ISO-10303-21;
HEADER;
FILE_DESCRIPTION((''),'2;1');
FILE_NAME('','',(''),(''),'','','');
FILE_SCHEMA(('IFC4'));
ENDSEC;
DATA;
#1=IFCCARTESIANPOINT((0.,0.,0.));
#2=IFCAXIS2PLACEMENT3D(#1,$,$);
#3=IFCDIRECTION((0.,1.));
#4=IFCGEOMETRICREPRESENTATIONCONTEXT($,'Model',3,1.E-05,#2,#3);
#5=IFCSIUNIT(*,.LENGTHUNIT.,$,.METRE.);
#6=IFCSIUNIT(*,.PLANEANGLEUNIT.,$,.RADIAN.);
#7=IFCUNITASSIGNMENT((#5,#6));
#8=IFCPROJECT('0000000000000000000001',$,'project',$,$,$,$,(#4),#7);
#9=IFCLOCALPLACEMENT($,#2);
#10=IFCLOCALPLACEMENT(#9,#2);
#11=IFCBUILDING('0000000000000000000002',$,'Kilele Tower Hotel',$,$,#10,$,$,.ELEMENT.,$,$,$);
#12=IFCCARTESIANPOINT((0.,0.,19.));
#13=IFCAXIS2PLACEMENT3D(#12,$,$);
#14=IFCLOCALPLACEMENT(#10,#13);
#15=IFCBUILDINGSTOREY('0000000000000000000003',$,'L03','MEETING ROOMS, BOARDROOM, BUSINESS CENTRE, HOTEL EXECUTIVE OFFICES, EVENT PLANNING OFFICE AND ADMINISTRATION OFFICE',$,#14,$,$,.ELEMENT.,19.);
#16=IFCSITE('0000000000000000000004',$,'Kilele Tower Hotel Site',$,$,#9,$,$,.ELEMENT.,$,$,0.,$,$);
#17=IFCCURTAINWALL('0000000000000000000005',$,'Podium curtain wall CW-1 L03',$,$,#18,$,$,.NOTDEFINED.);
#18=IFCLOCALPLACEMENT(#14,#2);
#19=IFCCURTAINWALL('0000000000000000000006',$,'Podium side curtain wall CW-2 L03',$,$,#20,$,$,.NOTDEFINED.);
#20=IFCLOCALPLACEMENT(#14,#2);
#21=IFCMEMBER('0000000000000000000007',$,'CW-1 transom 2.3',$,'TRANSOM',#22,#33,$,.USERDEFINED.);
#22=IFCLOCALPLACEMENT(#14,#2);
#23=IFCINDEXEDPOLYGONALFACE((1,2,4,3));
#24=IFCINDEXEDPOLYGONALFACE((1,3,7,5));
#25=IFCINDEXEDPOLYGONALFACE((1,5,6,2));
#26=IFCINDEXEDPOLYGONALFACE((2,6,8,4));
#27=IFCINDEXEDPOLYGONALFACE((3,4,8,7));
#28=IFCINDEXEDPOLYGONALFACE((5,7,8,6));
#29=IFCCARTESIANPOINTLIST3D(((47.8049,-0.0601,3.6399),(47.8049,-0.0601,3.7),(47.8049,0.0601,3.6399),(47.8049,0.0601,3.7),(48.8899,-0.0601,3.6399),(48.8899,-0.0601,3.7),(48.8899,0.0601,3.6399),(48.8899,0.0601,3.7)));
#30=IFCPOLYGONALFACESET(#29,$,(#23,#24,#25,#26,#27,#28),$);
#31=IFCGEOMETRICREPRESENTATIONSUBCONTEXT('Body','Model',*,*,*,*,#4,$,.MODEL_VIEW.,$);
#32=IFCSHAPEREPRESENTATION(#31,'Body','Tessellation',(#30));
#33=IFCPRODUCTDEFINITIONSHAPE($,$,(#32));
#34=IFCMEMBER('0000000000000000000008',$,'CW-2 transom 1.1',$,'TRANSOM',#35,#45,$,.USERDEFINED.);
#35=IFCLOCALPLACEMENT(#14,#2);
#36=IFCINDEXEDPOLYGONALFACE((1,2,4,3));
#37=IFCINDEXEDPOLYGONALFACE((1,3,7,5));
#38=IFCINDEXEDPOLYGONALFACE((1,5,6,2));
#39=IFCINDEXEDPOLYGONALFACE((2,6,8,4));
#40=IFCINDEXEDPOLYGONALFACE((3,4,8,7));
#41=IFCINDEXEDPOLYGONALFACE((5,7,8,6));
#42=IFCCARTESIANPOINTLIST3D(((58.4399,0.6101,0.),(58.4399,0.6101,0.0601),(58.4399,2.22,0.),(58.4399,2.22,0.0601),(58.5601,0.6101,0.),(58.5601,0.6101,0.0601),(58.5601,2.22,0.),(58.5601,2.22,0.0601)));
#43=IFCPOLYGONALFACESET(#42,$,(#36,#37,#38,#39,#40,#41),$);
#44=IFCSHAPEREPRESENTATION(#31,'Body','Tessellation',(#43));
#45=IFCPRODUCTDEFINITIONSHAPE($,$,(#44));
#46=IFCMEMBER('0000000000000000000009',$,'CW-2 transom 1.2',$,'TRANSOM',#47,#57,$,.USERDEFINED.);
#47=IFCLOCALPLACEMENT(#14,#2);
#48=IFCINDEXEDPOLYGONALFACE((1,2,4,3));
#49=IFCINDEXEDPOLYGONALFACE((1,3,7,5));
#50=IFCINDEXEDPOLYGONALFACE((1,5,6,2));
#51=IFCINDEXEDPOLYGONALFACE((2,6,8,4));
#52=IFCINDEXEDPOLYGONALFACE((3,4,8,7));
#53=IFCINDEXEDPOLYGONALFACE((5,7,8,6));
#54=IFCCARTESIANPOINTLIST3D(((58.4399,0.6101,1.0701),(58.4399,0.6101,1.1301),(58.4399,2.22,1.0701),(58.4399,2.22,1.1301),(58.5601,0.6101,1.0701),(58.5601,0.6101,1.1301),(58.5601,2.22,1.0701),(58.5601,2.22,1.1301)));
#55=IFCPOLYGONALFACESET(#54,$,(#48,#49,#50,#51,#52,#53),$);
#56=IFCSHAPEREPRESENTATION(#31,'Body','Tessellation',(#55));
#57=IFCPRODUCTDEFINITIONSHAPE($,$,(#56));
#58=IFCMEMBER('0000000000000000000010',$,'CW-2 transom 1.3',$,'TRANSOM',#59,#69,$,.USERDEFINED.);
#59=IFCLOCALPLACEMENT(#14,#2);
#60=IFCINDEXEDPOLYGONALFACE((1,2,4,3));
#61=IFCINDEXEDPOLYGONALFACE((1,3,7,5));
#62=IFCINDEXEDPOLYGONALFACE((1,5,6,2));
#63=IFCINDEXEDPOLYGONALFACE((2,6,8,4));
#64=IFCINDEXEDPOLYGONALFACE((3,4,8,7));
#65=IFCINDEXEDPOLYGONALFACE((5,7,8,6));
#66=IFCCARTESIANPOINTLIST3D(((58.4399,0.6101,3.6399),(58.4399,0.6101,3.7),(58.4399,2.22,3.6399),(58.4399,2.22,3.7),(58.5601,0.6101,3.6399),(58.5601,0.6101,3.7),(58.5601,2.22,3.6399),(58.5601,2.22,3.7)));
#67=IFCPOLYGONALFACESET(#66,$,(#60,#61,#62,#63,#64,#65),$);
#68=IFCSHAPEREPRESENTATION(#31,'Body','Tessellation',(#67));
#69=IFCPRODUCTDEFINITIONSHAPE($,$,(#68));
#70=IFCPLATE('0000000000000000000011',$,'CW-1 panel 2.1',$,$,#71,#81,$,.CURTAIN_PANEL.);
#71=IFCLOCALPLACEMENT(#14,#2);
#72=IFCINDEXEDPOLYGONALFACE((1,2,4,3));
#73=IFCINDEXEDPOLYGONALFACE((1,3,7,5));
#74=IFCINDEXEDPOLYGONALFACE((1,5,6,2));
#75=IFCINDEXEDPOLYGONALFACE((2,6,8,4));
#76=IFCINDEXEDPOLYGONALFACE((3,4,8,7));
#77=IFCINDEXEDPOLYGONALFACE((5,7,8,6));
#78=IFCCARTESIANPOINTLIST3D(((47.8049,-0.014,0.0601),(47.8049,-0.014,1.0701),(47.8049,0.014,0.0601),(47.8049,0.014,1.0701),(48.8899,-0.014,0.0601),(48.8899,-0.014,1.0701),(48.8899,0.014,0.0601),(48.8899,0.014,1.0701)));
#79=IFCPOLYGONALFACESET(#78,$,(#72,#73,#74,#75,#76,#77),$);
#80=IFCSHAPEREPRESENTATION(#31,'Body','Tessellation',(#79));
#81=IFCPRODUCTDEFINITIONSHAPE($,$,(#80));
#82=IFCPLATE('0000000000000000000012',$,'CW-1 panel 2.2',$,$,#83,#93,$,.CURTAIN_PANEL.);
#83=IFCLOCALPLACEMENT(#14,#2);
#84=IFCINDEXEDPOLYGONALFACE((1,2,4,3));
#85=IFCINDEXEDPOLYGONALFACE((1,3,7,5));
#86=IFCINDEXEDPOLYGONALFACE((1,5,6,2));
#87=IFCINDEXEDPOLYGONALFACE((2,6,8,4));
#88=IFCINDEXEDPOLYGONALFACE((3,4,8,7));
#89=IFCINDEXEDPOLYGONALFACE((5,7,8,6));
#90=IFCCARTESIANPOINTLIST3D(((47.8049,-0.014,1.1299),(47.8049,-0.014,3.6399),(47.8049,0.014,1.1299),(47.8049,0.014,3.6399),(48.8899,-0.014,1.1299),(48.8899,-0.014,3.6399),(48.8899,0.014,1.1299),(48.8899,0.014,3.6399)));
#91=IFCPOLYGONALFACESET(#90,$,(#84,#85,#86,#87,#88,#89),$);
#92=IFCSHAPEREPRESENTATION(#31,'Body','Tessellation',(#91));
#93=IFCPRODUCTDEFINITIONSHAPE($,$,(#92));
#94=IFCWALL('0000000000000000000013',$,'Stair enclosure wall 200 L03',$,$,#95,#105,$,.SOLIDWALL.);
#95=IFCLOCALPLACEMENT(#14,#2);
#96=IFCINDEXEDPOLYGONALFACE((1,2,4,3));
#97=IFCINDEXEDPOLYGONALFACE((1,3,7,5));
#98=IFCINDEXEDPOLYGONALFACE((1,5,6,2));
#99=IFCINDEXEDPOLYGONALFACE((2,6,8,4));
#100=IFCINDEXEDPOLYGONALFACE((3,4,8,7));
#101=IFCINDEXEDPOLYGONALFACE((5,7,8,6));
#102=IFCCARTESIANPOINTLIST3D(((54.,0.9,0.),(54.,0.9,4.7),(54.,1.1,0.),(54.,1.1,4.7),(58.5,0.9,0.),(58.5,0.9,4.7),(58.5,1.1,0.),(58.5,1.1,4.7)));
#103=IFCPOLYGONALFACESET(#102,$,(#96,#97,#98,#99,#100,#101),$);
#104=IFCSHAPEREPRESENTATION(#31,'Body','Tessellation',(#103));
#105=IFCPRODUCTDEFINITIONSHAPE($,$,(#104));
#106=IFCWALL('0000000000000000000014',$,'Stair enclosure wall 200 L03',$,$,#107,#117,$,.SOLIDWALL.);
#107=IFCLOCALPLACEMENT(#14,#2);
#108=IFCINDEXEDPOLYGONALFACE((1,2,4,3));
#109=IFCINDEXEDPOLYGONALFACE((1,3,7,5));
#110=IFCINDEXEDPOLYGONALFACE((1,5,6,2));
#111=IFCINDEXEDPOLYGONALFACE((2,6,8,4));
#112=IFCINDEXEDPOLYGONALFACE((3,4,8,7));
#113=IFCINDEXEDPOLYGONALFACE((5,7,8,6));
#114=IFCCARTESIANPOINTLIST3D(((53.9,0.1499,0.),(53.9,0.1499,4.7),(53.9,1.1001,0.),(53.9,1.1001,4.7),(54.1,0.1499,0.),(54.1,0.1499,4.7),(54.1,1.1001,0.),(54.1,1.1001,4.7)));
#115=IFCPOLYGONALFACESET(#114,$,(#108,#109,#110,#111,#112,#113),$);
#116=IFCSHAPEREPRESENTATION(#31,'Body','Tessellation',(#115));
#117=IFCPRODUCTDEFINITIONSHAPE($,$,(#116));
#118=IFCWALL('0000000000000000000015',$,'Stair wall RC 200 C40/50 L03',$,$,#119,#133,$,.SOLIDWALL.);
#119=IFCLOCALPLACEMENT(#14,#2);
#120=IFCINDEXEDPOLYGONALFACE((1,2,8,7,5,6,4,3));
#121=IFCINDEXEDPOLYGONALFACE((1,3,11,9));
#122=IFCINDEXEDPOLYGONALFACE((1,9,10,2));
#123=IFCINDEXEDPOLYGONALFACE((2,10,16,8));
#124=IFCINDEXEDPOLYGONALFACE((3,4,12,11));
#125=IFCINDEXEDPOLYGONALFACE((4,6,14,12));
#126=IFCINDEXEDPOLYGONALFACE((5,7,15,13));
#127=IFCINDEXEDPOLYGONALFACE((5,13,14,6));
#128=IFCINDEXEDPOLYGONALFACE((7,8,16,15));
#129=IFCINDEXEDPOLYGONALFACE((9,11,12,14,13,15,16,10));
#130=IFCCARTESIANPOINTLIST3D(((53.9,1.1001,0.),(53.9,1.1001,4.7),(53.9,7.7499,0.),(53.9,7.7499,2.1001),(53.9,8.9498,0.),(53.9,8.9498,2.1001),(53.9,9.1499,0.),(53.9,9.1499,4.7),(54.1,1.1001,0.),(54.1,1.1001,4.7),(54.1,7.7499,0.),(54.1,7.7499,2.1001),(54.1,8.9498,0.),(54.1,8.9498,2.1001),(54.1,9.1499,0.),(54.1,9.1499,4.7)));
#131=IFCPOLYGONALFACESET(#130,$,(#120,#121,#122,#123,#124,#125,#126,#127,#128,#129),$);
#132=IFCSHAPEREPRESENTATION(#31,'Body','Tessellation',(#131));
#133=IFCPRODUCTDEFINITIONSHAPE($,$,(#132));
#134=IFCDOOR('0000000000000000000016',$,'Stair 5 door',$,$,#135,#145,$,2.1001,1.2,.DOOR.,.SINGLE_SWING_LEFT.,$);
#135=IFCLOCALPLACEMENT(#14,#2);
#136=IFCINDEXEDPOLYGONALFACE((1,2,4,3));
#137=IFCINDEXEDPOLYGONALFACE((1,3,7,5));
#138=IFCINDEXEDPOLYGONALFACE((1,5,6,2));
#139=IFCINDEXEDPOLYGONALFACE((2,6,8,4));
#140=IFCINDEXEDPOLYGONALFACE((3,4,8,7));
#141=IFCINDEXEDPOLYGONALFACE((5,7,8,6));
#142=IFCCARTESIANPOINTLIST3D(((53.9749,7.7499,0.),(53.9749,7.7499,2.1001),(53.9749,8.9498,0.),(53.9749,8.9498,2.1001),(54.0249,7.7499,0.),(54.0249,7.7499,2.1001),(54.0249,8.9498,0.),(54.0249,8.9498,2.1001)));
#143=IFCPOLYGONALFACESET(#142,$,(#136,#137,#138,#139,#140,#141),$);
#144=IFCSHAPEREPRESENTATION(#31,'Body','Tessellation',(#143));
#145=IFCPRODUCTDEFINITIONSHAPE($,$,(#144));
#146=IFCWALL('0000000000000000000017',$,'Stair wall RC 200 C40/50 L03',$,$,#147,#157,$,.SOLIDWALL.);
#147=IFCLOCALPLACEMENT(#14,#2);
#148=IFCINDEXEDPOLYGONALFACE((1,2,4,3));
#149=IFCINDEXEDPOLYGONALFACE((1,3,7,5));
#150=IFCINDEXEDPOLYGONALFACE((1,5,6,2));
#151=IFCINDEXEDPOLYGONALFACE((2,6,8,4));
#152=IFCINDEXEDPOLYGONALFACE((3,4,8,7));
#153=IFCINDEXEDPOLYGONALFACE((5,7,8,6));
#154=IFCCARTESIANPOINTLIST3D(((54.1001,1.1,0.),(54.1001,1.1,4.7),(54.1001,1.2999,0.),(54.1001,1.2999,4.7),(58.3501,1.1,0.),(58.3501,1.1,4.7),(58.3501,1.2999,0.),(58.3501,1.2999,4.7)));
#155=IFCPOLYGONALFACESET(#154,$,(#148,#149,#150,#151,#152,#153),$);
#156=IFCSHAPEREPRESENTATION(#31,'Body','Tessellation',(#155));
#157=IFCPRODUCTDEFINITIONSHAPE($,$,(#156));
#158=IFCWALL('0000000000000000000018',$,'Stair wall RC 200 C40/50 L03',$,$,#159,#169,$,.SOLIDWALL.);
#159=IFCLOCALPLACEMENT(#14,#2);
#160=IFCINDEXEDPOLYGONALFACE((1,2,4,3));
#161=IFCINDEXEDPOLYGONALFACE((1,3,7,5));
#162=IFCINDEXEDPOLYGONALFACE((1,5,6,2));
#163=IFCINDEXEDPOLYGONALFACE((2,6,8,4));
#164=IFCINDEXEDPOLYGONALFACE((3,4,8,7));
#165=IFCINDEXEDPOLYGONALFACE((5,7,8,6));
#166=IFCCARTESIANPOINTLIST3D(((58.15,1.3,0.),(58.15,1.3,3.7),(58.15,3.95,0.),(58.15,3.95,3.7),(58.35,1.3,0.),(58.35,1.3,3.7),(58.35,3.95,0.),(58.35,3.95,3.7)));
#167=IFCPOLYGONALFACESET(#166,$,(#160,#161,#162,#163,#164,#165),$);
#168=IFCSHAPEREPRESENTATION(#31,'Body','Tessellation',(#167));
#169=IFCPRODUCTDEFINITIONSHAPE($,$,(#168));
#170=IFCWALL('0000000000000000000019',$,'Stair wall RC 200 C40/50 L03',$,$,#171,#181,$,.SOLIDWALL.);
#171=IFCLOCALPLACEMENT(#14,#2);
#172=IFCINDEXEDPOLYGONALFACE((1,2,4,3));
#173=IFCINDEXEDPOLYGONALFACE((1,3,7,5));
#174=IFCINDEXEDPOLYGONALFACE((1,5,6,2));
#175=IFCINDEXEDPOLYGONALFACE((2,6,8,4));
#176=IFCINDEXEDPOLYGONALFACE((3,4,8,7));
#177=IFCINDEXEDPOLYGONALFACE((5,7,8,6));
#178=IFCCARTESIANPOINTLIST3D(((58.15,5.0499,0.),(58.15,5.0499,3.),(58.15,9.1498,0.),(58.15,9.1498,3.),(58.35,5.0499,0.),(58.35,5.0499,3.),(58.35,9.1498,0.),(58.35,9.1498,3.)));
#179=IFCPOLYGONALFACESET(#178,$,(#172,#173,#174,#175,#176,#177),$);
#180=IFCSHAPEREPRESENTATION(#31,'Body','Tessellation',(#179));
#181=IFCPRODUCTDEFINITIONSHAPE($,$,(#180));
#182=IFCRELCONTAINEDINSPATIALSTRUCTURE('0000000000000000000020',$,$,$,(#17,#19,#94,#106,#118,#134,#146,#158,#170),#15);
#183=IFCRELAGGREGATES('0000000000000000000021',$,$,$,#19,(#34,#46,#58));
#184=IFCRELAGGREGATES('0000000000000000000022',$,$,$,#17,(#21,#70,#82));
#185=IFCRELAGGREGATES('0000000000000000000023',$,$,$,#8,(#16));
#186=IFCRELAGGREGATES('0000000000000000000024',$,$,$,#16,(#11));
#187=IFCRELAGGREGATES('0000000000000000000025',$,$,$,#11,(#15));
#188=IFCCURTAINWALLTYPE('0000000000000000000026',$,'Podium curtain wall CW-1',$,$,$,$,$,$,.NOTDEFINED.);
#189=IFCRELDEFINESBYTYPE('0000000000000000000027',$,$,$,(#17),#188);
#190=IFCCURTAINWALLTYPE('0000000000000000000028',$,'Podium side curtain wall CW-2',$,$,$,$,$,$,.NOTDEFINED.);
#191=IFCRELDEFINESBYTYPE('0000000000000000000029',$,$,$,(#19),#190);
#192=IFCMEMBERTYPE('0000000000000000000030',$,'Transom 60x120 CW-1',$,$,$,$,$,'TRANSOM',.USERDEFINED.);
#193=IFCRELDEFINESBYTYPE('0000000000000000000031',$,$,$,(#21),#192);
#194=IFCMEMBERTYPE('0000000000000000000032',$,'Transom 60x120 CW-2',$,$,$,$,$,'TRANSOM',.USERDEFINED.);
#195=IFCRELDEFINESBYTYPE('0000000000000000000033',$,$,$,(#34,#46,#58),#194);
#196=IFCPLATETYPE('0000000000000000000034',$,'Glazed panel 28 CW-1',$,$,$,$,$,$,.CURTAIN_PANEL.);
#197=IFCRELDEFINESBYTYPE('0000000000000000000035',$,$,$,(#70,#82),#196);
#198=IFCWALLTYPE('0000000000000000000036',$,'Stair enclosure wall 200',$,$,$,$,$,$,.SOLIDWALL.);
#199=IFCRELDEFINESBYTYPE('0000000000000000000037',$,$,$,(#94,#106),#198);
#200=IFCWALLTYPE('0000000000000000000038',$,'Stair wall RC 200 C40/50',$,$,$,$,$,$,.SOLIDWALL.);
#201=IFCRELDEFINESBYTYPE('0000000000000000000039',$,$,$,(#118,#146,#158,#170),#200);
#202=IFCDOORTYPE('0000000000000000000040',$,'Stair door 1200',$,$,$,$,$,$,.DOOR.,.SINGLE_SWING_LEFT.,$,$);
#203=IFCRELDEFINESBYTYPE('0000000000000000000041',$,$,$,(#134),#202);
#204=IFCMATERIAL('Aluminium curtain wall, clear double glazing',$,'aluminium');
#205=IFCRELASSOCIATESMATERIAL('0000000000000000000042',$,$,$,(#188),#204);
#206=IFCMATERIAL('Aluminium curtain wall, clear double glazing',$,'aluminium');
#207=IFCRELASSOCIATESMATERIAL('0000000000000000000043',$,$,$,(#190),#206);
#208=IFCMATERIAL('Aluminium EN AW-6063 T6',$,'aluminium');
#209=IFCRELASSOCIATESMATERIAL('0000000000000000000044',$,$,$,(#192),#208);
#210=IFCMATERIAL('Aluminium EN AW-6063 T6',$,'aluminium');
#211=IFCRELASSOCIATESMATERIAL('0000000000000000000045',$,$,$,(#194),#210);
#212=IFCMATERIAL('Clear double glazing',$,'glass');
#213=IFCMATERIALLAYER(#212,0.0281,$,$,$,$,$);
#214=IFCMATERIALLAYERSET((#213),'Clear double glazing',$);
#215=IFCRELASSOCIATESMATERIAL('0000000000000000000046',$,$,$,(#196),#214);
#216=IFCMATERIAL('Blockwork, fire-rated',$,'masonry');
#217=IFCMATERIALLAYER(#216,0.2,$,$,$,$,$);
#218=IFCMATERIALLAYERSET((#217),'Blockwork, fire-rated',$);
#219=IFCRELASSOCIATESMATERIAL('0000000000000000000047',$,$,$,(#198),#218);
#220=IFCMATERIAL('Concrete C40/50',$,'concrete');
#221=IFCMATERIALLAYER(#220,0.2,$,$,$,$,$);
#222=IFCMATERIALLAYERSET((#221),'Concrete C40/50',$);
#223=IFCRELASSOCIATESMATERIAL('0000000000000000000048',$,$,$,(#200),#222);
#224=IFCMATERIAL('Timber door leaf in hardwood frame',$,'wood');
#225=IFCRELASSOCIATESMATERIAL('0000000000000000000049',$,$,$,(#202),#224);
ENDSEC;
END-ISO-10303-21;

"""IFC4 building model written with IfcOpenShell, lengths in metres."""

from ifc_helpers import new_model, si_unit, direction, frame, frame_2d, origin, origin_2d, place, context, subcontext, project, spatial, rectangle, extrude, material, layer, layer_set, material_profile, profile_set, type_object, element, fill, aggregate, save


model = new_model("IFC4")

# Units and contexts
model_context = context("Model", 3, precision=1e-05, world=origin(), true_north=direction((0.0, 1.0)))
body_context = subcontext(model_context, "Body", "Model", "MODEL_VIEW")
ifc_project = project(units=[si_unit("LENGTHUNIT", "METRE"), si_unit("PLANEANGLEUNIT", "RADIAN")], contexts=[model_context])

# Site, building, storey
site_placement = place(None, origin())
site = spatial("IfcSite", under=ifc_project, at=site_placement, Name="Kilele Tower Hotel Site", CompositionType="ELEMENT", RefElevation=0.0)
building_placement = place(site_placement, origin())
building = spatial("IfcBuilding", under=site, at=building_placement, Name="Kilele Tower Hotel", CompositionType="ELEMENT")
storey_placement = place(building_placement, frame((0.0, 0.0, 19.0)))
storey = spatial("IfcBuildingStorey", under=building, at=storey_placement, Name="L03", Description="MEETING ROOMS, BOARDROOM, BUSINESS CENTRE, HOTEL EXECUTIVE OFFICES, EVENT PLANNING OFFICE AND ADMINISTRATION OFFICE", CompositionType="ELEMENT", Elevation=19.0)

# Curtain wall
ifc_material_1 = material(Name="Aluminium curtain wall, clear double glazing", Category="aluminium")
curtain_wall_type_1 = type_object("IfcCurtainWallType", Name="Podium curtain wall CW-1", PredefinedType="NOTDEFINED", material=ifc_material_1)
curtain_wall_1_placement = place(storey_placement, origin())
curtain_wall_1 = element("IfcCurtainWall", 1, at=curtain_wall_1_placement, inside=storey, type_object=curtain_wall_type_1, Name="Podium curtain wall CW-1 L03", PredefinedType="NOTDEFINED")

# Curtain wall
ifc_material_2 = material(Name="Aluminium curtain wall, clear double glazing", Category="aluminium")
curtain_wall_type_2 = type_object("IfcCurtainWallType", Name="Podium side curtain wall CW-2", PredefinedType="NOTDEFINED", material=ifc_material_2)
curtain_wall_2_placement = place(storey_placement, origin())
curtain_wall_2 = element("IfcCurtainWall", 2, at=curtain_wall_2_placement, inside=storey, type_object=curtain_wall_type_2, Name="Podium side curtain wall CW-2 L03", PredefinedType="NOTDEFINED")

# Members
ifc_material_3 = material(Name="Aluminium EN AW-6063 T6", Category="aluminium")
ifc_material_profile_1 = material_profile(ifc_material_3, rectangle(XDim=0.1201, YDim=0.0601, at=origin_2d()))
ifc_profile_set_1 = profile_set([ifc_material_profile_1], Name="Aluminium EN AW-6063 T6")
member_type_1 = type_object("IfcMemberType", Name="Transom 60x120 CW-1", ElementType="TRANSOM", PredefinedType="USERDEFINED", material=ifc_profile_set_1)
member_1_placement = place(storey_placement, frame((47.8049, 0.0, 3.6699), z_axis=(1.0, 0.0, 0.0), x_axis=(0.0, 1.0, 0.0)))
member_1 = element("IfcMember", 3, at=member_1_placement, type_object=member_type_1, Name="CW-1 transom 2.3", ObjectType="TRANSOM", PredefinedType="USERDEFINED", context=body_context, shape_type="SweptSolid", body=[
    extrude(rectangle(XDim=0.1201, YDim=0.0601, at=origin_2d()), origin(), (0.0, 0.0, 1.0), 1.085),
])
ifc_material_4 = material(Name="Aluminium EN AW-6063 T6", Category="aluminium")
ifc_material_profile_2 = material_profile(ifc_material_4, rectangle(XDim=0.1201, YDim=0.0601, at=origin_2d()))
ifc_profile_set_2 = profile_set([ifc_material_profile_2], Name="Aluminium EN AW-6063 T6")
member_type_2 = type_object("IfcMemberType", Name="Transom 60x120 CW-2", ElementType="TRANSOM", PredefinedType="USERDEFINED", material=ifc_profile_set_2)
member_2_placement = place(storey_placement, frame((58.5, 0.6101, 0.03), z_axis=(0.0, 1.0, 0.0), x_axis=(-1.0, 0.0, 0.0)))
member_2 = element("IfcMember", 4, at=member_2_placement, type_object=member_type_2, Name="CW-2 transom 1.1", ObjectType="TRANSOM", PredefinedType="USERDEFINED", context=body_context, shape_type="SweptSolid", body=[
    extrude(rectangle(XDim=0.1201, YDim=0.0601, at=origin_2d()), origin(), (0.0, 0.0, 1.0), 1.6099),
])
member_3_placement = place(storey_placement, frame((58.5, 0.6101, 1.1001), z_axis=(0.0, 1.0, 0.0), x_axis=(-1.0, 0.0, 0.0)))
member_3 = element("IfcMember", 5, at=member_3_placement, type_object=member_type_2, Name="CW-2 transom 1.2", ObjectType="TRANSOM", PredefinedType="USERDEFINED", context=body_context, shape_type="SweptSolid", body=[
    extrude(rectangle(XDim=0.1201, YDim=0.0601, at=origin_2d()), origin(), (0.0, 0.0, 1.0), 1.6099),
])
member_4_placement = place(storey_placement, frame((58.5, 0.6101, 3.6699), z_axis=(0.0, 1.0, 0.0), x_axis=(-1.0, 0.0, 0.0)))
member_4 = element("IfcMember", 6, at=member_4_placement, type_object=member_type_2, Name="CW-2 transom 1.3", ObjectType="TRANSOM", PredefinedType="USERDEFINED", context=body_context, shape_type="SweptSolid", body=[
    extrude(rectangle(XDim=0.1201, YDim=0.0601, at=origin_2d()), origin(), (0.0, 0.0, 1.0), 1.6099),
])
aggregate(curtain_wall_2, [member_2, member_3, member_4])

# Plates
ifc_material_5 = material(Name="Clear double glazing", Category="glass")
ifc_layer_1 = layer(ifc_material_5, 0.0281)
ifc_layer_set_1 = layer_set([ifc_layer_1], Name="Clear double glazing")
plate_type = type_object("IfcPlateType", Name="Glazed panel 28 CW-1", PredefinedType="CURTAIN_PANEL", material=ifc_layer_set_1)
plate_1_placement = place(storey_placement, frame((48.3474, 0.0, 0.0601), z_axis=(0.0, 0.0, 1.0), x_axis=(1.0, 0.0, 0.0)))
plate_1 = element("IfcPlate", 7, at=plate_1_placement, type_object=plate_type, Name="CW-1 panel 2.1", PredefinedType="CURTAIN_PANEL", context=body_context, shape_type="SweptSolid", body=[
    extrude(rectangle(XDim=1.085, YDim=0.0281, at=origin_2d()), origin(), (0.0, 0.0, 1.0), 1.01),
])
plate_2_placement = place(storey_placement, frame((48.3474, 0.0, 1.1299), z_axis=(0.0, 0.0, 1.0), x_axis=(1.0, 0.0, 0.0)))
plate_2 = element("IfcPlate", 8, at=plate_2_placement, type_object=plate_type, Name="CW-1 panel 2.2", PredefinedType="CURTAIN_PANEL", context=body_context, shape_type="SweptSolid", body=[
    extrude(rectangle(XDim=1.085, YDim=0.0281, at=origin_2d()), origin(), (0.0, 0.0, 1.0), 2.51),
])
aggregate(curtain_wall_1, [member_1, plate_1, plate_2])

# Walls
ifc_material_6 = material(Name="Blockwork, fire-rated", Category="masonry")
ifc_layer_2 = layer(ifc_material_6, 0.2)
ifc_layer_set_2 = layer_set([ifc_layer_2], Name="Blockwork, fire-rated")
wall_type_1 = type_object("IfcWallType", Name="Stair enclosure wall 200", PredefinedType="SOLIDWALL", material=ifc_layer_set_2)
wall_1_placement = place(storey_placement, frame((54.0, 1.0, 0.0), z_axis=(0.0, 0.0, 1.0), x_axis=(1.0, 0.0, 0.0)))
element("IfcWall", 9, at=wall_1_placement, inside=storey, type_object=wall_type_1, Name="Stair enclosure wall 200 L03", PredefinedType="SOLIDWALL", context=body_context, shape_type="SweptSolid", body=[
    extrude(rectangle(XDim=4.5, YDim=0.2, at=frame_2d((2.25, 0.0))), origin(), (0.0, 0.0, 1.0), 4.7),
])
wall_2_placement = place(storey_placement, frame((54.0, 0.1499, 0.0), z_axis=(0.0, 0.0, 1.0), x_axis=(0.0, 1.0, 0.0)))
element("IfcWall", 10, at=wall_2_placement, inside=storey, type_object=wall_type_1, Name="Stair enclosure wall 200 L03", PredefinedType="SOLIDWALL", context=body_context, shape_type="SweptSolid", body=[
    extrude(rectangle(XDim=0.9502, YDim=0.2, at=frame_2d((0.4751, 0.0))), origin(), (0.0, 0.0, 1.0), 4.7),
])

# Wall, opening, door
ifc_material_7 = material(Name="Concrete C40/50", Category="concrete")
ifc_layer_3 = layer(ifc_material_7, 0.2)
ifc_layer_set_3 = layer_set([ifc_layer_3], Name="Concrete C40/50")
wall_type_2 = type_object("IfcWallType", Name="Stair wall RC 200 C40/50", PredefinedType="SOLIDWALL", material=ifc_layer_set_3)
wall_3_placement = place(storey_placement, frame((54.0, 1.1001, 0.0), z_axis=(0.0, 0.0, 1.0), x_axis=(0.0, 1.0, 0.0)))
wall_3 = element("IfcWall", 11, at=wall_3_placement, inside=storey, type_object=wall_type_2, Name="Stair wall RC 200 C40/50 L03", PredefinedType="SOLIDWALL", context=body_context, shape_type="SweptSolid", body=[
    extrude(rectangle(XDim=8.0498, YDim=0.2, at=frame_2d((4.0249, 0.0))), origin(), (0.0, 0.0, 1.0), 4.7),
])
opening_1_placement = place(wall_3_placement, frame((7.8499, 0.0, 0.0), z_axis=(0.0, 0.0, 1.0), x_axis=(-1.0, 0.0, 0.0)))
opening_1 = element("IfcOpeningElement", 12, at=opening_1_placement, cuts=wall_3, PredefinedType="OPENING", context=body_context, shape_type="SweptSolid", body=[
    extrude(rectangle(XDim=1.2, YDim=2.1001, at=frame_2d((0.6001, 1.05))), frame((0.0, 0.1099, 0.0), z_axis=(0.0, -1.0, 0.0), x_axis=(1.0, 0.0, 0.0)), (0.0, 0.0, 1.0), 0.22),
])
ifc_material_8 = material(Name="Timber door leaf in hardwood frame", Category="wood")
door_type_1 = type_object("IfcDoorType", Name="Stair door 1200", OperationType="SINGLE_SWING_LEFT", PredefinedType="DOOR", material=ifc_material_8)
door_1_placement = place(opening_1_placement, origin())
door_1 = element("IfcDoor", 13, at=door_1_placement, inside=storey, type_object=door_type_1, Name="Stair 5 door", OperationType="SINGLE_SWING_LEFT", OverallHeight=2.1001, OverallWidth=1.2, PredefinedType="DOOR", context=body_context, shape_type="SweptSolid", body=[
    extrude(rectangle(XDim=1.2, YDim=2.1001, at=frame_2d((0.6001, 1.05))), frame((0.0, 0.0249, 0.0), z_axis=(0.0, -1.0, 0.0), x_axis=(1.0, 0.0, 0.0)), (0.0, 0.0, 1.0), 0.05),
])
fill(opening_1, door_1)

# Walls
wall_4_placement = place(storey_placement, frame((54.1001, 1.2, 0.0), z_axis=(0.0, 0.0, 1.0), x_axis=(1.0, 0.0, 0.0)))
element("IfcWall", 14, at=wall_4_placement, inside=storey, type_object=wall_type_2, Name="Stair wall RC 200 C40/50 L03", PredefinedType="SOLIDWALL", context=body_context, shape_type="SweptSolid", body=[
    extrude(rectangle(XDim=4.25, YDim=0.2, at=frame_2d((2.125, 0.0))), origin(), (0.0, 0.0, 1.0), 4.7),
])
wall_5_placement = place(storey_placement, frame((58.25, 1.3, 0.0), z_axis=(0.0, 0.0, 1.0), x_axis=(0.0, 1.0, 0.0)))
element("IfcWall", 15, at=wall_5_placement, inside=storey, type_object=wall_type_2, Name="Stair wall RC 200 C40/50 L03", PredefinedType="SOLIDWALL", context=body_context, shape_type="SweptSolid", body=[
    extrude(rectangle(XDim=2.6499, YDim=0.2, at=frame_2d((1.325, 0.0))), origin(), (0.0, 0.0, 1.0), 3.7),
])
wall_6_placement = place(storey_placement, frame((58.25, 5.05, 0.0), z_axis=(0.0, 0.0, 1.0), x_axis=(0.0, 1.0, 0.0)))
element("IfcWall", 16, at=wall_6_placement, inside=storey, type_object=wall_type_2, Name="Stair wall RC 200 C40/50 L03", PredefinedType="SOLIDWALL", context=body_context, shape_type="SweptSolid", body=[
    extrude(rectangle(XDim=4.0999, YDim=0.2, at=frame_2d((2.0498, 0.0))), origin(), (0.0, 0.0, 1.0), 3.0),
])

save(model, "model.ifc")
